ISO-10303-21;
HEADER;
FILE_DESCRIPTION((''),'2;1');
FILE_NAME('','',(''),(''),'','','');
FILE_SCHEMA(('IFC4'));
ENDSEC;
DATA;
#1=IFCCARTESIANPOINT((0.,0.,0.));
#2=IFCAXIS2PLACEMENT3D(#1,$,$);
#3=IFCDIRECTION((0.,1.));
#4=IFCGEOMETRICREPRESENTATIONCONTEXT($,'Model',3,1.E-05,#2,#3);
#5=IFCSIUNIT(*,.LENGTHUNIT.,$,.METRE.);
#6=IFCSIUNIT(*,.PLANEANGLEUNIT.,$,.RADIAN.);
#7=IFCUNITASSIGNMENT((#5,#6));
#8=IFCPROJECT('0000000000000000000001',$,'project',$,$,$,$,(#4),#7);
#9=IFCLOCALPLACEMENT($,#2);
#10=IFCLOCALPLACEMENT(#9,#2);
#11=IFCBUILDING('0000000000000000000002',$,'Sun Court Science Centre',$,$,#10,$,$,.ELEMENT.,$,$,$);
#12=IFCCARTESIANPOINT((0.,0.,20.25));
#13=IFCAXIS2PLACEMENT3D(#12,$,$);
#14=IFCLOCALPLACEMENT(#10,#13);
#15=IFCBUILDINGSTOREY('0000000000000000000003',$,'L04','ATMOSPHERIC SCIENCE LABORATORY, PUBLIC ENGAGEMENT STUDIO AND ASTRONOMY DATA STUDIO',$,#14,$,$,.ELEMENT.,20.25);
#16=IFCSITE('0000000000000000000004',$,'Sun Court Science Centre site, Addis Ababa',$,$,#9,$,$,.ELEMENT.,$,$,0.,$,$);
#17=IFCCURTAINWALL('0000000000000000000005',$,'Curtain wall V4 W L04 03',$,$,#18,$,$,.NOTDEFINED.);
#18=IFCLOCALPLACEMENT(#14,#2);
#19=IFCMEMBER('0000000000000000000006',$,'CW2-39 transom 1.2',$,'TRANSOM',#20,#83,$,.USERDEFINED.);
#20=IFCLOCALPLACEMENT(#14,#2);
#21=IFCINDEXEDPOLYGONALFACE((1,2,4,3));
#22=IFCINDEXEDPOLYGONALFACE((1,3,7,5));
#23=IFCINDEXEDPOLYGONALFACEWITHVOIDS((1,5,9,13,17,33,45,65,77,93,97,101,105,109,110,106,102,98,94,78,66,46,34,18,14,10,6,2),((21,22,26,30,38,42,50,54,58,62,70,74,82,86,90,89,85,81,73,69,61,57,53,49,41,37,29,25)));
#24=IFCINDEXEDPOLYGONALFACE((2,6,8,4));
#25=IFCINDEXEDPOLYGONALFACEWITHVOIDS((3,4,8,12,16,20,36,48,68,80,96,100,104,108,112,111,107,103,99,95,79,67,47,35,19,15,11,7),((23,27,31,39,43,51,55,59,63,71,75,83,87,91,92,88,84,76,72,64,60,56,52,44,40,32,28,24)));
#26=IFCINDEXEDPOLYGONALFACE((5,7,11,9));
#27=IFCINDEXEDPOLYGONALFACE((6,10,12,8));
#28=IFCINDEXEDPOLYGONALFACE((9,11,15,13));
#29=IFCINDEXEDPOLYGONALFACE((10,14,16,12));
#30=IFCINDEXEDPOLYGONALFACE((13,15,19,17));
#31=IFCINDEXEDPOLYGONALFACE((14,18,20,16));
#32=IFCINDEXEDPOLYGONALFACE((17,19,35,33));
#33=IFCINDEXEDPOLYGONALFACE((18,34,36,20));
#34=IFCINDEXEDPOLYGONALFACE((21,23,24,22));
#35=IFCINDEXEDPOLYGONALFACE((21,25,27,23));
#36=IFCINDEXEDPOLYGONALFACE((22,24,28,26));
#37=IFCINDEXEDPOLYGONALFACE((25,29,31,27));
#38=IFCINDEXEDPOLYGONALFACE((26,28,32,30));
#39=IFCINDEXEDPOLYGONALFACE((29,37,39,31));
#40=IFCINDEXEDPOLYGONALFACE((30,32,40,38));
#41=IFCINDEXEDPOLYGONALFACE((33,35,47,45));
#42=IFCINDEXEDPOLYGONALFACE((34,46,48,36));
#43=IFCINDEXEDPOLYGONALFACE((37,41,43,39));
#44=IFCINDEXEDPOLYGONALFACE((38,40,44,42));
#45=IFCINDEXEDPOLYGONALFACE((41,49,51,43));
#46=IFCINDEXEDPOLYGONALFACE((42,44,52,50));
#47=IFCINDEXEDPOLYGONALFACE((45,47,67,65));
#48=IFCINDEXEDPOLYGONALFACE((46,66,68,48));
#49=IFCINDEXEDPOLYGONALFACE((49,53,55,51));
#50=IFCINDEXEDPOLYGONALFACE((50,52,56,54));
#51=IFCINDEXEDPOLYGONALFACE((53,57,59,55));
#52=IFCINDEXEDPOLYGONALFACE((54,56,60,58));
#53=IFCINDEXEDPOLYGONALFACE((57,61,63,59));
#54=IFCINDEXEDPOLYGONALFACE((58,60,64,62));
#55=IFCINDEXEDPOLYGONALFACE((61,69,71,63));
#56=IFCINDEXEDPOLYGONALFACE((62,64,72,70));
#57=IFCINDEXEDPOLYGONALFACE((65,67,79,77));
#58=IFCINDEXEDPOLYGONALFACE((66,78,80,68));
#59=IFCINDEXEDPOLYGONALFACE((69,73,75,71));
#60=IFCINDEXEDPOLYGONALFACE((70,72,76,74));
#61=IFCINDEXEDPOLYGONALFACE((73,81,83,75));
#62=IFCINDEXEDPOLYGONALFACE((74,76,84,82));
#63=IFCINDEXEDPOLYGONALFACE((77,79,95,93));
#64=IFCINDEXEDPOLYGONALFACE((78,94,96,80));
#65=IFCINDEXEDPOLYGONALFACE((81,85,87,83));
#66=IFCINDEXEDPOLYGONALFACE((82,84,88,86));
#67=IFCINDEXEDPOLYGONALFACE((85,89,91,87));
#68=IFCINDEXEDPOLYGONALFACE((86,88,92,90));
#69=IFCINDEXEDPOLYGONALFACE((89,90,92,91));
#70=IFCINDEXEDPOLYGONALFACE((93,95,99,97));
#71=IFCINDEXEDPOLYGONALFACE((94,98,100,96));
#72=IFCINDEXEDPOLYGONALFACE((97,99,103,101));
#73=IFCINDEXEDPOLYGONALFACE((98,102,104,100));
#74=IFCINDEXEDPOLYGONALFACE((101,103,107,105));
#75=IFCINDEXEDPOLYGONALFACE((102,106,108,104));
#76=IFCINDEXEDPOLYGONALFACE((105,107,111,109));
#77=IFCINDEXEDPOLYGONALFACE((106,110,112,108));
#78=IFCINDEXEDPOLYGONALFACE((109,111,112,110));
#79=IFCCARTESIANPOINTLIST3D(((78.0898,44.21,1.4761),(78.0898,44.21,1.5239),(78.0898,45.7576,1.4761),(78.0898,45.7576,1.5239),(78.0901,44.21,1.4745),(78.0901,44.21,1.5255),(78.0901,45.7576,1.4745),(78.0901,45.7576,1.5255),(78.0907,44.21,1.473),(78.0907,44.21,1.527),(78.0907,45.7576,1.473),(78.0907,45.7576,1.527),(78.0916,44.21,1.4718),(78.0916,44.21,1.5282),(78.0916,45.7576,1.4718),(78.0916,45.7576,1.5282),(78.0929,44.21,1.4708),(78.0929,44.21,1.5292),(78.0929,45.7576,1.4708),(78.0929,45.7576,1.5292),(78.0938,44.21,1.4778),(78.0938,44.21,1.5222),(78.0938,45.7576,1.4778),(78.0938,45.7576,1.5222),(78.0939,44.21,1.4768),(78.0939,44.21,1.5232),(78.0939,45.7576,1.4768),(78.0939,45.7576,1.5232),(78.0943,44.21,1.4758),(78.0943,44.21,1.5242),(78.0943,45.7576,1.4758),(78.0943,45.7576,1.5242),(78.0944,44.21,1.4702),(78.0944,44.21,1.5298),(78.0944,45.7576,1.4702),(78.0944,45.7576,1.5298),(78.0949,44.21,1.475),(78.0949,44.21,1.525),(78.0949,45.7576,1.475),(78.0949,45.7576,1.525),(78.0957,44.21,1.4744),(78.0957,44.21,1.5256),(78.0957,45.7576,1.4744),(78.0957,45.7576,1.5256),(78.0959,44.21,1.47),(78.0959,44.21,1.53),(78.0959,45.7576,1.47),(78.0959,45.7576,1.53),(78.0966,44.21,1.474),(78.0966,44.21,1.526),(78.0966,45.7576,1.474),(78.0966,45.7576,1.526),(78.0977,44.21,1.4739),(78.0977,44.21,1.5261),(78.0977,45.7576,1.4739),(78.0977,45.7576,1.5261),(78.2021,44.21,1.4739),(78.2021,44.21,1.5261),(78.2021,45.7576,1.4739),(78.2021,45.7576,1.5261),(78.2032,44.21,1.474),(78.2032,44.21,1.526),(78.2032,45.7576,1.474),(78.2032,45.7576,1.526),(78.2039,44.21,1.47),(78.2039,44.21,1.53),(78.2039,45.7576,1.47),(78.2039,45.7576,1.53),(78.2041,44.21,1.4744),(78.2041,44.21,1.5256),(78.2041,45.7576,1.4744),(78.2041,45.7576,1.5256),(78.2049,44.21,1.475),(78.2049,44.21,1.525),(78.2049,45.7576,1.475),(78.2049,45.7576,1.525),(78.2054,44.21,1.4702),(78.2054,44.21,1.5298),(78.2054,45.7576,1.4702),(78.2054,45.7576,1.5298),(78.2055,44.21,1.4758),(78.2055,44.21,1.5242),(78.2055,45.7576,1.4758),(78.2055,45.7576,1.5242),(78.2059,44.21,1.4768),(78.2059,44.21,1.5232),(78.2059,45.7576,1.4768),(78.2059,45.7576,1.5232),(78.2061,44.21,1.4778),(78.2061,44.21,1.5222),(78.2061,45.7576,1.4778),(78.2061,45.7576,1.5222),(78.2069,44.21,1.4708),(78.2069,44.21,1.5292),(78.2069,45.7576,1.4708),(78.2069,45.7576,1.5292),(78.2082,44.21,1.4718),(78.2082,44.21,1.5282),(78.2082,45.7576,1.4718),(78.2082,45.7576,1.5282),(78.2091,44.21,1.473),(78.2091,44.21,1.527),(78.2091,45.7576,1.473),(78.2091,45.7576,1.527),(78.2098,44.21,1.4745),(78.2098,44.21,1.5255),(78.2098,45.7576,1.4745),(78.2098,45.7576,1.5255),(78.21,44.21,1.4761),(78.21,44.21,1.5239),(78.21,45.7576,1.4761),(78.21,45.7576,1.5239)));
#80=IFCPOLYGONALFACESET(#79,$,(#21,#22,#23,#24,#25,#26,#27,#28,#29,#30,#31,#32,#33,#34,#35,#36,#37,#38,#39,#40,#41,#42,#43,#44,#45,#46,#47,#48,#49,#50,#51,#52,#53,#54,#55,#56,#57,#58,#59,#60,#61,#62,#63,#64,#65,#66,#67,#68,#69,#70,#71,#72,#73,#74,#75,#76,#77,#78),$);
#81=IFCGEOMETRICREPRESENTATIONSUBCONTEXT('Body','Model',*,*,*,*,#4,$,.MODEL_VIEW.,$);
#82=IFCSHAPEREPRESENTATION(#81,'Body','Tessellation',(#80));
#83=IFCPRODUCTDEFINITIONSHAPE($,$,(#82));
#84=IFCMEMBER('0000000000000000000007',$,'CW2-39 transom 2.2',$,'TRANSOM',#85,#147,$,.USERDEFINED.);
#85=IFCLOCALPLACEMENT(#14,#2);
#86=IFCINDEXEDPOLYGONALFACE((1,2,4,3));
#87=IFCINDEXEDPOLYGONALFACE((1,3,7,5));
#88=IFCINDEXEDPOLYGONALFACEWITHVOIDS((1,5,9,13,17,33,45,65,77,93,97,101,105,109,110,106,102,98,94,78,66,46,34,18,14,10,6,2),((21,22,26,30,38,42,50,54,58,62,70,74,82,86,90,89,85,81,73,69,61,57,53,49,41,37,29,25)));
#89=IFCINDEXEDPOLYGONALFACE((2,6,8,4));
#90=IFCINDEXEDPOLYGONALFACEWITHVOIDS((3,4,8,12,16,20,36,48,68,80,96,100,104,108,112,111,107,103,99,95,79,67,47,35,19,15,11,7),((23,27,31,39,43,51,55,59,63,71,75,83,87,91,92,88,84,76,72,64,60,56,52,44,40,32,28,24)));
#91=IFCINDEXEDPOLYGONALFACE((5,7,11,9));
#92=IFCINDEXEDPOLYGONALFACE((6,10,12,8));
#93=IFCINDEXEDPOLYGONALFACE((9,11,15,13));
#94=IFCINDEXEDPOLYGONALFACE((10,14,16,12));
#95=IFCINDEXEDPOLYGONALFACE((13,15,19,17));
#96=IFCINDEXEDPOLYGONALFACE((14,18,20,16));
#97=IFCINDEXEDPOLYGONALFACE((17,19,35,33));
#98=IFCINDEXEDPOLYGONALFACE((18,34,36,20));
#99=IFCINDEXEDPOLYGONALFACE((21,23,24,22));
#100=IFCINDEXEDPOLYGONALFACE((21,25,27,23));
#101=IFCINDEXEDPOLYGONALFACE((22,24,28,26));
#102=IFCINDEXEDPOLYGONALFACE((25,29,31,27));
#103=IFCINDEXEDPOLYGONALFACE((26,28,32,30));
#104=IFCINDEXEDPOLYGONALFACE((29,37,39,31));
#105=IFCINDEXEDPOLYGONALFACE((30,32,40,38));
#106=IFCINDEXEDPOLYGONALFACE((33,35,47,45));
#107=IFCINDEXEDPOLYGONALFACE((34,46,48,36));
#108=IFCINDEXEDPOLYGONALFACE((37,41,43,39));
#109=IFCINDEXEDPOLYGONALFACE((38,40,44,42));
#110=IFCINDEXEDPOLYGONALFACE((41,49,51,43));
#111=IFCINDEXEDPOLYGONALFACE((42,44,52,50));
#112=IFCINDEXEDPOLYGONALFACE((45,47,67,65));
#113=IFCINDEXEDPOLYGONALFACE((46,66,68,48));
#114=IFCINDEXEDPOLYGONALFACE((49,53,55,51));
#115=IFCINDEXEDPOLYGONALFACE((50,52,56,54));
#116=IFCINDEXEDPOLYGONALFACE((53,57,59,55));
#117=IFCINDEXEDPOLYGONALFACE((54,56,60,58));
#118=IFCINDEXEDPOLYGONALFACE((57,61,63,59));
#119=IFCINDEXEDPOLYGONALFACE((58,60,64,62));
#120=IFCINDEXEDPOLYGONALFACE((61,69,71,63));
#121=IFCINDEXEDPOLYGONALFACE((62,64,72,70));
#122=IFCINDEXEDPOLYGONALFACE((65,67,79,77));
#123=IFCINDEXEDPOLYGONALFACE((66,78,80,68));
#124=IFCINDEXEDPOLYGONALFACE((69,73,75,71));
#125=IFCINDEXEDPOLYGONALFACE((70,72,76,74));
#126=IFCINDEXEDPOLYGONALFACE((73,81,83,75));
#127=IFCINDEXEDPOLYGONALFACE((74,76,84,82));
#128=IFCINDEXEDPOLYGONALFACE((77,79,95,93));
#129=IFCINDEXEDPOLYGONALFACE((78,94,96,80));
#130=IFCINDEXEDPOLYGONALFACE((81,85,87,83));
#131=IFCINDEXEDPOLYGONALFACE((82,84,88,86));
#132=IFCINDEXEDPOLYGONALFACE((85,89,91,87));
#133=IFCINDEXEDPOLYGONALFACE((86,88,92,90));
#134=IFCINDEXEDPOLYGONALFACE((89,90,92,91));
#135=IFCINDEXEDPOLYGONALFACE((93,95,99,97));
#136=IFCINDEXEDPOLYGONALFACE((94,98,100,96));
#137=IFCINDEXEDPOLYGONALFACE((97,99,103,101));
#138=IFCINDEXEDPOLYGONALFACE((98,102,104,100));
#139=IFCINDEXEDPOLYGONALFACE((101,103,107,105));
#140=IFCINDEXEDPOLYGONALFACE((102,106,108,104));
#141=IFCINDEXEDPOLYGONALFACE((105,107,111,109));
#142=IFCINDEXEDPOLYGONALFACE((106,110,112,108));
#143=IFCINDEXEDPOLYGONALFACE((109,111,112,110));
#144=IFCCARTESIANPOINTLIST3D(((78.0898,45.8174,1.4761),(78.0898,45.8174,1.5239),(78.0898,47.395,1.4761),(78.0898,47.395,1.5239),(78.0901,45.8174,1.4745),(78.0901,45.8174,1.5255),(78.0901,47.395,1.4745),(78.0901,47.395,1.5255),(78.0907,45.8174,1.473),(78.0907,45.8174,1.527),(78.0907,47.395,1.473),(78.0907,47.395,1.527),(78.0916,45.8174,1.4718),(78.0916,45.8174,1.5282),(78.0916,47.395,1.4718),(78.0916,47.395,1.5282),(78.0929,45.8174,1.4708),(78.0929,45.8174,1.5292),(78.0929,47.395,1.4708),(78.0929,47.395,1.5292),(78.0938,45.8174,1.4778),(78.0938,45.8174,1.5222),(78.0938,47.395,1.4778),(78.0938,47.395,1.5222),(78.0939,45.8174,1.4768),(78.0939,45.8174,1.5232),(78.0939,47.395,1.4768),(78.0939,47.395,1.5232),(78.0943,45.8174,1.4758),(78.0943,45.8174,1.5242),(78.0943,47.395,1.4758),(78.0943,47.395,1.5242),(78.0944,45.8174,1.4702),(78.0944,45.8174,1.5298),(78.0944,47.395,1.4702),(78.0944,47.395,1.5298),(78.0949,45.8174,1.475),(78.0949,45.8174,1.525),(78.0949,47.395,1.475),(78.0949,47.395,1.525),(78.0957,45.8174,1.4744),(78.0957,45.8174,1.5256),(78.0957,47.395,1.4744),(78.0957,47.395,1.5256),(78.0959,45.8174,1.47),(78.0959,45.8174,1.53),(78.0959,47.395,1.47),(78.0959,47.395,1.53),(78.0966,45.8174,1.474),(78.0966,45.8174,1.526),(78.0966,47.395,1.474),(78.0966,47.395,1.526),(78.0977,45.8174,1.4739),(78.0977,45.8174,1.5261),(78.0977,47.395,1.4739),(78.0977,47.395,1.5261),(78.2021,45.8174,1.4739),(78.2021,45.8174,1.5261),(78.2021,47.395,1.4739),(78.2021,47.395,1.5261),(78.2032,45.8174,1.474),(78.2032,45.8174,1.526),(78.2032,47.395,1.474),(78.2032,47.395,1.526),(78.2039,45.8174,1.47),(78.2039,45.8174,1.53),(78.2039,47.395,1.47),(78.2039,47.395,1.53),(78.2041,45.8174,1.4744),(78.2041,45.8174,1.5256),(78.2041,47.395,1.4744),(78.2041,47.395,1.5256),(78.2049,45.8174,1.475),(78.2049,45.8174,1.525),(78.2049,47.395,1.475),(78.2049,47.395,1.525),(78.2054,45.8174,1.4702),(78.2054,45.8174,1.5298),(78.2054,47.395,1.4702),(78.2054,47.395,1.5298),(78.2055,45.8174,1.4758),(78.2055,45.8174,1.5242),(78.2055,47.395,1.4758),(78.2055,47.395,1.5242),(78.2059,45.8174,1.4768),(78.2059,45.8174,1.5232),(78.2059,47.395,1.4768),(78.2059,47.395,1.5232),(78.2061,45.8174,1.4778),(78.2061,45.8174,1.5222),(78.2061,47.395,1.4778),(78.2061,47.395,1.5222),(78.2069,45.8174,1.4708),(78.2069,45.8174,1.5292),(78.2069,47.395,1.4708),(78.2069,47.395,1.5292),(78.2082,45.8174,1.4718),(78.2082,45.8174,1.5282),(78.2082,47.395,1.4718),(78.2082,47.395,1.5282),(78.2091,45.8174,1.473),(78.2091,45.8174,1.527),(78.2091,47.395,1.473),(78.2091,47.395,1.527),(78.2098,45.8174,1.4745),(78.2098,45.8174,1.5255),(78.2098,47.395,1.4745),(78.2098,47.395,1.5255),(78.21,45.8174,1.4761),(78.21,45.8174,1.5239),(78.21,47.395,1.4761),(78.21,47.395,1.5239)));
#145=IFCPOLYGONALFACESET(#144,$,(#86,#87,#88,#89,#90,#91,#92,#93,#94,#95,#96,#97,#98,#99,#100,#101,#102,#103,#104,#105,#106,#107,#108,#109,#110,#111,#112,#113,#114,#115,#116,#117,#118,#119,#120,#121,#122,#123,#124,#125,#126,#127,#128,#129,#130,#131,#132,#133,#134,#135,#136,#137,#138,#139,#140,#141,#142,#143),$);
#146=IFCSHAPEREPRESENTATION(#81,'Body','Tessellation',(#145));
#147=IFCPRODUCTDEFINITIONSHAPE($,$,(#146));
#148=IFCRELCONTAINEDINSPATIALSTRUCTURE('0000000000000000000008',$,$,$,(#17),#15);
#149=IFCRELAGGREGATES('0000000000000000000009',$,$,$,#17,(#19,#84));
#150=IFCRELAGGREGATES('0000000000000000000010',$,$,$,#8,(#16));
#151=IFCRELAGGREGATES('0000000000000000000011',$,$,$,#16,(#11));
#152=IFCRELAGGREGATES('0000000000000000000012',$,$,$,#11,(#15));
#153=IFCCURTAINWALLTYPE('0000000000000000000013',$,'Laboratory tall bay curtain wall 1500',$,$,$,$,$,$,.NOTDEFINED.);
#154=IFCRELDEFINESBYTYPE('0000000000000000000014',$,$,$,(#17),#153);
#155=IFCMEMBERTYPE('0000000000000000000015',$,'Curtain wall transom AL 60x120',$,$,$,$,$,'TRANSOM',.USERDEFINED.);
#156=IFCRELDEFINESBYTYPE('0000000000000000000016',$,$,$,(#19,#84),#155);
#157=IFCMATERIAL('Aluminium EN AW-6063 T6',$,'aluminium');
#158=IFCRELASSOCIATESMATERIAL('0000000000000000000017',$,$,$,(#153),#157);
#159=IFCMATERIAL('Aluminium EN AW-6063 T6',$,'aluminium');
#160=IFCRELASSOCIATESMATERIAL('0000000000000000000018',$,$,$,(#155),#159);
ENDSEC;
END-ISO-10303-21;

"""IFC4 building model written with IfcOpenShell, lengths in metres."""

from ifc_helpers import new_model, si_unit, direction, frame, origin, origin_2d, place, context, subcontext, project, spatial, hollow_rectangle, extrude, material, material_profile, profile_set, type_object, element, aggregate, save


model = new_model("IFC4")

# Units and contexts
model_context = context("Model", 3, precision=1e-05, world=origin(), true_north=direction((0.0, 1.0)))
body_context = subcontext(model_context, "Body", "Model", "MODEL_VIEW")
ifc_project = project(units=[si_unit("LENGTHUNIT", "METRE"), si_unit("PLANEANGLEUNIT", "RADIAN")], contexts=[model_context])

# Site, building, storey
site_placement = place(None, origin())
site = spatial("IfcSite", under=ifc_project, at=site_placement, Name="Sun Court Science Centre site, Addis Ababa", CompositionType="ELEMENT", RefElevation=0.0)
building_placement = place(site_placement, origin())
building = spatial("IfcBuilding", under=site, at=building_placement, Name="Sun Court Science Centre", CompositionType="ELEMENT")
storey_placement = place(building_placement, frame((0.0, 0.0, 20.25)))
storey = spatial("IfcBuildingStorey", under=building, at=storey_placement, Name="L04", Description="ATMOSPHERIC SCIENCE LABORATORY, PUBLIC ENGAGEMENT STUDIO AND ASTRONOMY DATA STUDIO", CompositionType="ELEMENT", Elevation=20.25)

# Shared definitions
ifc_material_1 = material(Name="Aluminium EN AW-6063 T6", Category="aluminium")
curtain_wall_type = type_object("IfcCurtainWallType", Name="Laboratory tall bay curtain wall 1500", PredefinedType="NOTDEFINED", material=ifc_material_1)

# Curtain wall
curtain_wall_1_placement = place(storey_placement, origin())
curtain_wall_1 = element("IfcCurtainWall", 1, at=curtain_wall_1_placement, inside=storey, type_object=curtain_wall_type, Name="Curtain wall V4 W L04 03", PredefinedType="NOTDEFINED")

# Members
ifc_material_2 = material(Name="Aluminium EN AW-6063 T6", Category="aluminium")
ifc_material_profile_1 = material_profile(ifc_material_2, hollow_rectangle(XDim=0.0601, YDim=0.1201, WallThickness=0.0039, InnerFilletRadius=0.0039, OuterFilletRadius=0.0061, at=origin_2d()), Name="AL 60x120x4")
ifc_profile_set_1 = profile_set([ifc_material_profile_1], Name="Aluminium EN AW-6063 T6")
member_type_1 = type_object("IfcMemberType", Name="Curtain wall transom AL 60x120", ElementType="TRANSOM", PredefinedType="USERDEFINED", material=ifc_profile_set_1)
member_1_placement = place(storey_placement, frame((78.1499, 44.21, 1.5), z_axis=(0.0, 1.0, 0.0), x_axis=(0.0, 0.0, 1.0)))
member_1 = element("IfcMember", 2, at=member_1_placement, type_object=member_type_1, Name="CW2-39 transom 1.2", ObjectType="TRANSOM", PredefinedType="USERDEFINED", context=body_context, shape_type="SweptSolid", body=[
    extrude(hollow_rectangle(XDim=0.0601, YDim=0.1201, WallThickness=0.0039, InnerFilletRadius=0.0039, OuterFilletRadius=0.0061, at=origin_2d()), origin(), (0.0, 0.0, 1.0), 1.5476),
])
member_2_placement = place(storey_placement, frame((78.1499, 45.8174, 1.5), z_axis=(0.0, 1.0, 0.0), x_axis=(0.0, 0.0, 1.0)))
member_2 = element("IfcMember", 3, at=member_2_placement, type_object=member_type_1, Name="CW2-39 transom 2.2", ObjectType="TRANSOM", PredefinedType="USERDEFINED", context=body_context, shape_type="SweptSolid", body=[
    extrude(hollow_rectangle(XDim=0.0601, YDim=0.1201, WallThickness=0.0039, InnerFilletRadius=0.0039, OuterFilletRadius=0.0061, at=origin_2d()), origin(), (0.0, 0.0, 1.0), 1.5776),
])

aggregate(curtain_wall_1, [member_1, member_2])

save(model, "model.ifc")
